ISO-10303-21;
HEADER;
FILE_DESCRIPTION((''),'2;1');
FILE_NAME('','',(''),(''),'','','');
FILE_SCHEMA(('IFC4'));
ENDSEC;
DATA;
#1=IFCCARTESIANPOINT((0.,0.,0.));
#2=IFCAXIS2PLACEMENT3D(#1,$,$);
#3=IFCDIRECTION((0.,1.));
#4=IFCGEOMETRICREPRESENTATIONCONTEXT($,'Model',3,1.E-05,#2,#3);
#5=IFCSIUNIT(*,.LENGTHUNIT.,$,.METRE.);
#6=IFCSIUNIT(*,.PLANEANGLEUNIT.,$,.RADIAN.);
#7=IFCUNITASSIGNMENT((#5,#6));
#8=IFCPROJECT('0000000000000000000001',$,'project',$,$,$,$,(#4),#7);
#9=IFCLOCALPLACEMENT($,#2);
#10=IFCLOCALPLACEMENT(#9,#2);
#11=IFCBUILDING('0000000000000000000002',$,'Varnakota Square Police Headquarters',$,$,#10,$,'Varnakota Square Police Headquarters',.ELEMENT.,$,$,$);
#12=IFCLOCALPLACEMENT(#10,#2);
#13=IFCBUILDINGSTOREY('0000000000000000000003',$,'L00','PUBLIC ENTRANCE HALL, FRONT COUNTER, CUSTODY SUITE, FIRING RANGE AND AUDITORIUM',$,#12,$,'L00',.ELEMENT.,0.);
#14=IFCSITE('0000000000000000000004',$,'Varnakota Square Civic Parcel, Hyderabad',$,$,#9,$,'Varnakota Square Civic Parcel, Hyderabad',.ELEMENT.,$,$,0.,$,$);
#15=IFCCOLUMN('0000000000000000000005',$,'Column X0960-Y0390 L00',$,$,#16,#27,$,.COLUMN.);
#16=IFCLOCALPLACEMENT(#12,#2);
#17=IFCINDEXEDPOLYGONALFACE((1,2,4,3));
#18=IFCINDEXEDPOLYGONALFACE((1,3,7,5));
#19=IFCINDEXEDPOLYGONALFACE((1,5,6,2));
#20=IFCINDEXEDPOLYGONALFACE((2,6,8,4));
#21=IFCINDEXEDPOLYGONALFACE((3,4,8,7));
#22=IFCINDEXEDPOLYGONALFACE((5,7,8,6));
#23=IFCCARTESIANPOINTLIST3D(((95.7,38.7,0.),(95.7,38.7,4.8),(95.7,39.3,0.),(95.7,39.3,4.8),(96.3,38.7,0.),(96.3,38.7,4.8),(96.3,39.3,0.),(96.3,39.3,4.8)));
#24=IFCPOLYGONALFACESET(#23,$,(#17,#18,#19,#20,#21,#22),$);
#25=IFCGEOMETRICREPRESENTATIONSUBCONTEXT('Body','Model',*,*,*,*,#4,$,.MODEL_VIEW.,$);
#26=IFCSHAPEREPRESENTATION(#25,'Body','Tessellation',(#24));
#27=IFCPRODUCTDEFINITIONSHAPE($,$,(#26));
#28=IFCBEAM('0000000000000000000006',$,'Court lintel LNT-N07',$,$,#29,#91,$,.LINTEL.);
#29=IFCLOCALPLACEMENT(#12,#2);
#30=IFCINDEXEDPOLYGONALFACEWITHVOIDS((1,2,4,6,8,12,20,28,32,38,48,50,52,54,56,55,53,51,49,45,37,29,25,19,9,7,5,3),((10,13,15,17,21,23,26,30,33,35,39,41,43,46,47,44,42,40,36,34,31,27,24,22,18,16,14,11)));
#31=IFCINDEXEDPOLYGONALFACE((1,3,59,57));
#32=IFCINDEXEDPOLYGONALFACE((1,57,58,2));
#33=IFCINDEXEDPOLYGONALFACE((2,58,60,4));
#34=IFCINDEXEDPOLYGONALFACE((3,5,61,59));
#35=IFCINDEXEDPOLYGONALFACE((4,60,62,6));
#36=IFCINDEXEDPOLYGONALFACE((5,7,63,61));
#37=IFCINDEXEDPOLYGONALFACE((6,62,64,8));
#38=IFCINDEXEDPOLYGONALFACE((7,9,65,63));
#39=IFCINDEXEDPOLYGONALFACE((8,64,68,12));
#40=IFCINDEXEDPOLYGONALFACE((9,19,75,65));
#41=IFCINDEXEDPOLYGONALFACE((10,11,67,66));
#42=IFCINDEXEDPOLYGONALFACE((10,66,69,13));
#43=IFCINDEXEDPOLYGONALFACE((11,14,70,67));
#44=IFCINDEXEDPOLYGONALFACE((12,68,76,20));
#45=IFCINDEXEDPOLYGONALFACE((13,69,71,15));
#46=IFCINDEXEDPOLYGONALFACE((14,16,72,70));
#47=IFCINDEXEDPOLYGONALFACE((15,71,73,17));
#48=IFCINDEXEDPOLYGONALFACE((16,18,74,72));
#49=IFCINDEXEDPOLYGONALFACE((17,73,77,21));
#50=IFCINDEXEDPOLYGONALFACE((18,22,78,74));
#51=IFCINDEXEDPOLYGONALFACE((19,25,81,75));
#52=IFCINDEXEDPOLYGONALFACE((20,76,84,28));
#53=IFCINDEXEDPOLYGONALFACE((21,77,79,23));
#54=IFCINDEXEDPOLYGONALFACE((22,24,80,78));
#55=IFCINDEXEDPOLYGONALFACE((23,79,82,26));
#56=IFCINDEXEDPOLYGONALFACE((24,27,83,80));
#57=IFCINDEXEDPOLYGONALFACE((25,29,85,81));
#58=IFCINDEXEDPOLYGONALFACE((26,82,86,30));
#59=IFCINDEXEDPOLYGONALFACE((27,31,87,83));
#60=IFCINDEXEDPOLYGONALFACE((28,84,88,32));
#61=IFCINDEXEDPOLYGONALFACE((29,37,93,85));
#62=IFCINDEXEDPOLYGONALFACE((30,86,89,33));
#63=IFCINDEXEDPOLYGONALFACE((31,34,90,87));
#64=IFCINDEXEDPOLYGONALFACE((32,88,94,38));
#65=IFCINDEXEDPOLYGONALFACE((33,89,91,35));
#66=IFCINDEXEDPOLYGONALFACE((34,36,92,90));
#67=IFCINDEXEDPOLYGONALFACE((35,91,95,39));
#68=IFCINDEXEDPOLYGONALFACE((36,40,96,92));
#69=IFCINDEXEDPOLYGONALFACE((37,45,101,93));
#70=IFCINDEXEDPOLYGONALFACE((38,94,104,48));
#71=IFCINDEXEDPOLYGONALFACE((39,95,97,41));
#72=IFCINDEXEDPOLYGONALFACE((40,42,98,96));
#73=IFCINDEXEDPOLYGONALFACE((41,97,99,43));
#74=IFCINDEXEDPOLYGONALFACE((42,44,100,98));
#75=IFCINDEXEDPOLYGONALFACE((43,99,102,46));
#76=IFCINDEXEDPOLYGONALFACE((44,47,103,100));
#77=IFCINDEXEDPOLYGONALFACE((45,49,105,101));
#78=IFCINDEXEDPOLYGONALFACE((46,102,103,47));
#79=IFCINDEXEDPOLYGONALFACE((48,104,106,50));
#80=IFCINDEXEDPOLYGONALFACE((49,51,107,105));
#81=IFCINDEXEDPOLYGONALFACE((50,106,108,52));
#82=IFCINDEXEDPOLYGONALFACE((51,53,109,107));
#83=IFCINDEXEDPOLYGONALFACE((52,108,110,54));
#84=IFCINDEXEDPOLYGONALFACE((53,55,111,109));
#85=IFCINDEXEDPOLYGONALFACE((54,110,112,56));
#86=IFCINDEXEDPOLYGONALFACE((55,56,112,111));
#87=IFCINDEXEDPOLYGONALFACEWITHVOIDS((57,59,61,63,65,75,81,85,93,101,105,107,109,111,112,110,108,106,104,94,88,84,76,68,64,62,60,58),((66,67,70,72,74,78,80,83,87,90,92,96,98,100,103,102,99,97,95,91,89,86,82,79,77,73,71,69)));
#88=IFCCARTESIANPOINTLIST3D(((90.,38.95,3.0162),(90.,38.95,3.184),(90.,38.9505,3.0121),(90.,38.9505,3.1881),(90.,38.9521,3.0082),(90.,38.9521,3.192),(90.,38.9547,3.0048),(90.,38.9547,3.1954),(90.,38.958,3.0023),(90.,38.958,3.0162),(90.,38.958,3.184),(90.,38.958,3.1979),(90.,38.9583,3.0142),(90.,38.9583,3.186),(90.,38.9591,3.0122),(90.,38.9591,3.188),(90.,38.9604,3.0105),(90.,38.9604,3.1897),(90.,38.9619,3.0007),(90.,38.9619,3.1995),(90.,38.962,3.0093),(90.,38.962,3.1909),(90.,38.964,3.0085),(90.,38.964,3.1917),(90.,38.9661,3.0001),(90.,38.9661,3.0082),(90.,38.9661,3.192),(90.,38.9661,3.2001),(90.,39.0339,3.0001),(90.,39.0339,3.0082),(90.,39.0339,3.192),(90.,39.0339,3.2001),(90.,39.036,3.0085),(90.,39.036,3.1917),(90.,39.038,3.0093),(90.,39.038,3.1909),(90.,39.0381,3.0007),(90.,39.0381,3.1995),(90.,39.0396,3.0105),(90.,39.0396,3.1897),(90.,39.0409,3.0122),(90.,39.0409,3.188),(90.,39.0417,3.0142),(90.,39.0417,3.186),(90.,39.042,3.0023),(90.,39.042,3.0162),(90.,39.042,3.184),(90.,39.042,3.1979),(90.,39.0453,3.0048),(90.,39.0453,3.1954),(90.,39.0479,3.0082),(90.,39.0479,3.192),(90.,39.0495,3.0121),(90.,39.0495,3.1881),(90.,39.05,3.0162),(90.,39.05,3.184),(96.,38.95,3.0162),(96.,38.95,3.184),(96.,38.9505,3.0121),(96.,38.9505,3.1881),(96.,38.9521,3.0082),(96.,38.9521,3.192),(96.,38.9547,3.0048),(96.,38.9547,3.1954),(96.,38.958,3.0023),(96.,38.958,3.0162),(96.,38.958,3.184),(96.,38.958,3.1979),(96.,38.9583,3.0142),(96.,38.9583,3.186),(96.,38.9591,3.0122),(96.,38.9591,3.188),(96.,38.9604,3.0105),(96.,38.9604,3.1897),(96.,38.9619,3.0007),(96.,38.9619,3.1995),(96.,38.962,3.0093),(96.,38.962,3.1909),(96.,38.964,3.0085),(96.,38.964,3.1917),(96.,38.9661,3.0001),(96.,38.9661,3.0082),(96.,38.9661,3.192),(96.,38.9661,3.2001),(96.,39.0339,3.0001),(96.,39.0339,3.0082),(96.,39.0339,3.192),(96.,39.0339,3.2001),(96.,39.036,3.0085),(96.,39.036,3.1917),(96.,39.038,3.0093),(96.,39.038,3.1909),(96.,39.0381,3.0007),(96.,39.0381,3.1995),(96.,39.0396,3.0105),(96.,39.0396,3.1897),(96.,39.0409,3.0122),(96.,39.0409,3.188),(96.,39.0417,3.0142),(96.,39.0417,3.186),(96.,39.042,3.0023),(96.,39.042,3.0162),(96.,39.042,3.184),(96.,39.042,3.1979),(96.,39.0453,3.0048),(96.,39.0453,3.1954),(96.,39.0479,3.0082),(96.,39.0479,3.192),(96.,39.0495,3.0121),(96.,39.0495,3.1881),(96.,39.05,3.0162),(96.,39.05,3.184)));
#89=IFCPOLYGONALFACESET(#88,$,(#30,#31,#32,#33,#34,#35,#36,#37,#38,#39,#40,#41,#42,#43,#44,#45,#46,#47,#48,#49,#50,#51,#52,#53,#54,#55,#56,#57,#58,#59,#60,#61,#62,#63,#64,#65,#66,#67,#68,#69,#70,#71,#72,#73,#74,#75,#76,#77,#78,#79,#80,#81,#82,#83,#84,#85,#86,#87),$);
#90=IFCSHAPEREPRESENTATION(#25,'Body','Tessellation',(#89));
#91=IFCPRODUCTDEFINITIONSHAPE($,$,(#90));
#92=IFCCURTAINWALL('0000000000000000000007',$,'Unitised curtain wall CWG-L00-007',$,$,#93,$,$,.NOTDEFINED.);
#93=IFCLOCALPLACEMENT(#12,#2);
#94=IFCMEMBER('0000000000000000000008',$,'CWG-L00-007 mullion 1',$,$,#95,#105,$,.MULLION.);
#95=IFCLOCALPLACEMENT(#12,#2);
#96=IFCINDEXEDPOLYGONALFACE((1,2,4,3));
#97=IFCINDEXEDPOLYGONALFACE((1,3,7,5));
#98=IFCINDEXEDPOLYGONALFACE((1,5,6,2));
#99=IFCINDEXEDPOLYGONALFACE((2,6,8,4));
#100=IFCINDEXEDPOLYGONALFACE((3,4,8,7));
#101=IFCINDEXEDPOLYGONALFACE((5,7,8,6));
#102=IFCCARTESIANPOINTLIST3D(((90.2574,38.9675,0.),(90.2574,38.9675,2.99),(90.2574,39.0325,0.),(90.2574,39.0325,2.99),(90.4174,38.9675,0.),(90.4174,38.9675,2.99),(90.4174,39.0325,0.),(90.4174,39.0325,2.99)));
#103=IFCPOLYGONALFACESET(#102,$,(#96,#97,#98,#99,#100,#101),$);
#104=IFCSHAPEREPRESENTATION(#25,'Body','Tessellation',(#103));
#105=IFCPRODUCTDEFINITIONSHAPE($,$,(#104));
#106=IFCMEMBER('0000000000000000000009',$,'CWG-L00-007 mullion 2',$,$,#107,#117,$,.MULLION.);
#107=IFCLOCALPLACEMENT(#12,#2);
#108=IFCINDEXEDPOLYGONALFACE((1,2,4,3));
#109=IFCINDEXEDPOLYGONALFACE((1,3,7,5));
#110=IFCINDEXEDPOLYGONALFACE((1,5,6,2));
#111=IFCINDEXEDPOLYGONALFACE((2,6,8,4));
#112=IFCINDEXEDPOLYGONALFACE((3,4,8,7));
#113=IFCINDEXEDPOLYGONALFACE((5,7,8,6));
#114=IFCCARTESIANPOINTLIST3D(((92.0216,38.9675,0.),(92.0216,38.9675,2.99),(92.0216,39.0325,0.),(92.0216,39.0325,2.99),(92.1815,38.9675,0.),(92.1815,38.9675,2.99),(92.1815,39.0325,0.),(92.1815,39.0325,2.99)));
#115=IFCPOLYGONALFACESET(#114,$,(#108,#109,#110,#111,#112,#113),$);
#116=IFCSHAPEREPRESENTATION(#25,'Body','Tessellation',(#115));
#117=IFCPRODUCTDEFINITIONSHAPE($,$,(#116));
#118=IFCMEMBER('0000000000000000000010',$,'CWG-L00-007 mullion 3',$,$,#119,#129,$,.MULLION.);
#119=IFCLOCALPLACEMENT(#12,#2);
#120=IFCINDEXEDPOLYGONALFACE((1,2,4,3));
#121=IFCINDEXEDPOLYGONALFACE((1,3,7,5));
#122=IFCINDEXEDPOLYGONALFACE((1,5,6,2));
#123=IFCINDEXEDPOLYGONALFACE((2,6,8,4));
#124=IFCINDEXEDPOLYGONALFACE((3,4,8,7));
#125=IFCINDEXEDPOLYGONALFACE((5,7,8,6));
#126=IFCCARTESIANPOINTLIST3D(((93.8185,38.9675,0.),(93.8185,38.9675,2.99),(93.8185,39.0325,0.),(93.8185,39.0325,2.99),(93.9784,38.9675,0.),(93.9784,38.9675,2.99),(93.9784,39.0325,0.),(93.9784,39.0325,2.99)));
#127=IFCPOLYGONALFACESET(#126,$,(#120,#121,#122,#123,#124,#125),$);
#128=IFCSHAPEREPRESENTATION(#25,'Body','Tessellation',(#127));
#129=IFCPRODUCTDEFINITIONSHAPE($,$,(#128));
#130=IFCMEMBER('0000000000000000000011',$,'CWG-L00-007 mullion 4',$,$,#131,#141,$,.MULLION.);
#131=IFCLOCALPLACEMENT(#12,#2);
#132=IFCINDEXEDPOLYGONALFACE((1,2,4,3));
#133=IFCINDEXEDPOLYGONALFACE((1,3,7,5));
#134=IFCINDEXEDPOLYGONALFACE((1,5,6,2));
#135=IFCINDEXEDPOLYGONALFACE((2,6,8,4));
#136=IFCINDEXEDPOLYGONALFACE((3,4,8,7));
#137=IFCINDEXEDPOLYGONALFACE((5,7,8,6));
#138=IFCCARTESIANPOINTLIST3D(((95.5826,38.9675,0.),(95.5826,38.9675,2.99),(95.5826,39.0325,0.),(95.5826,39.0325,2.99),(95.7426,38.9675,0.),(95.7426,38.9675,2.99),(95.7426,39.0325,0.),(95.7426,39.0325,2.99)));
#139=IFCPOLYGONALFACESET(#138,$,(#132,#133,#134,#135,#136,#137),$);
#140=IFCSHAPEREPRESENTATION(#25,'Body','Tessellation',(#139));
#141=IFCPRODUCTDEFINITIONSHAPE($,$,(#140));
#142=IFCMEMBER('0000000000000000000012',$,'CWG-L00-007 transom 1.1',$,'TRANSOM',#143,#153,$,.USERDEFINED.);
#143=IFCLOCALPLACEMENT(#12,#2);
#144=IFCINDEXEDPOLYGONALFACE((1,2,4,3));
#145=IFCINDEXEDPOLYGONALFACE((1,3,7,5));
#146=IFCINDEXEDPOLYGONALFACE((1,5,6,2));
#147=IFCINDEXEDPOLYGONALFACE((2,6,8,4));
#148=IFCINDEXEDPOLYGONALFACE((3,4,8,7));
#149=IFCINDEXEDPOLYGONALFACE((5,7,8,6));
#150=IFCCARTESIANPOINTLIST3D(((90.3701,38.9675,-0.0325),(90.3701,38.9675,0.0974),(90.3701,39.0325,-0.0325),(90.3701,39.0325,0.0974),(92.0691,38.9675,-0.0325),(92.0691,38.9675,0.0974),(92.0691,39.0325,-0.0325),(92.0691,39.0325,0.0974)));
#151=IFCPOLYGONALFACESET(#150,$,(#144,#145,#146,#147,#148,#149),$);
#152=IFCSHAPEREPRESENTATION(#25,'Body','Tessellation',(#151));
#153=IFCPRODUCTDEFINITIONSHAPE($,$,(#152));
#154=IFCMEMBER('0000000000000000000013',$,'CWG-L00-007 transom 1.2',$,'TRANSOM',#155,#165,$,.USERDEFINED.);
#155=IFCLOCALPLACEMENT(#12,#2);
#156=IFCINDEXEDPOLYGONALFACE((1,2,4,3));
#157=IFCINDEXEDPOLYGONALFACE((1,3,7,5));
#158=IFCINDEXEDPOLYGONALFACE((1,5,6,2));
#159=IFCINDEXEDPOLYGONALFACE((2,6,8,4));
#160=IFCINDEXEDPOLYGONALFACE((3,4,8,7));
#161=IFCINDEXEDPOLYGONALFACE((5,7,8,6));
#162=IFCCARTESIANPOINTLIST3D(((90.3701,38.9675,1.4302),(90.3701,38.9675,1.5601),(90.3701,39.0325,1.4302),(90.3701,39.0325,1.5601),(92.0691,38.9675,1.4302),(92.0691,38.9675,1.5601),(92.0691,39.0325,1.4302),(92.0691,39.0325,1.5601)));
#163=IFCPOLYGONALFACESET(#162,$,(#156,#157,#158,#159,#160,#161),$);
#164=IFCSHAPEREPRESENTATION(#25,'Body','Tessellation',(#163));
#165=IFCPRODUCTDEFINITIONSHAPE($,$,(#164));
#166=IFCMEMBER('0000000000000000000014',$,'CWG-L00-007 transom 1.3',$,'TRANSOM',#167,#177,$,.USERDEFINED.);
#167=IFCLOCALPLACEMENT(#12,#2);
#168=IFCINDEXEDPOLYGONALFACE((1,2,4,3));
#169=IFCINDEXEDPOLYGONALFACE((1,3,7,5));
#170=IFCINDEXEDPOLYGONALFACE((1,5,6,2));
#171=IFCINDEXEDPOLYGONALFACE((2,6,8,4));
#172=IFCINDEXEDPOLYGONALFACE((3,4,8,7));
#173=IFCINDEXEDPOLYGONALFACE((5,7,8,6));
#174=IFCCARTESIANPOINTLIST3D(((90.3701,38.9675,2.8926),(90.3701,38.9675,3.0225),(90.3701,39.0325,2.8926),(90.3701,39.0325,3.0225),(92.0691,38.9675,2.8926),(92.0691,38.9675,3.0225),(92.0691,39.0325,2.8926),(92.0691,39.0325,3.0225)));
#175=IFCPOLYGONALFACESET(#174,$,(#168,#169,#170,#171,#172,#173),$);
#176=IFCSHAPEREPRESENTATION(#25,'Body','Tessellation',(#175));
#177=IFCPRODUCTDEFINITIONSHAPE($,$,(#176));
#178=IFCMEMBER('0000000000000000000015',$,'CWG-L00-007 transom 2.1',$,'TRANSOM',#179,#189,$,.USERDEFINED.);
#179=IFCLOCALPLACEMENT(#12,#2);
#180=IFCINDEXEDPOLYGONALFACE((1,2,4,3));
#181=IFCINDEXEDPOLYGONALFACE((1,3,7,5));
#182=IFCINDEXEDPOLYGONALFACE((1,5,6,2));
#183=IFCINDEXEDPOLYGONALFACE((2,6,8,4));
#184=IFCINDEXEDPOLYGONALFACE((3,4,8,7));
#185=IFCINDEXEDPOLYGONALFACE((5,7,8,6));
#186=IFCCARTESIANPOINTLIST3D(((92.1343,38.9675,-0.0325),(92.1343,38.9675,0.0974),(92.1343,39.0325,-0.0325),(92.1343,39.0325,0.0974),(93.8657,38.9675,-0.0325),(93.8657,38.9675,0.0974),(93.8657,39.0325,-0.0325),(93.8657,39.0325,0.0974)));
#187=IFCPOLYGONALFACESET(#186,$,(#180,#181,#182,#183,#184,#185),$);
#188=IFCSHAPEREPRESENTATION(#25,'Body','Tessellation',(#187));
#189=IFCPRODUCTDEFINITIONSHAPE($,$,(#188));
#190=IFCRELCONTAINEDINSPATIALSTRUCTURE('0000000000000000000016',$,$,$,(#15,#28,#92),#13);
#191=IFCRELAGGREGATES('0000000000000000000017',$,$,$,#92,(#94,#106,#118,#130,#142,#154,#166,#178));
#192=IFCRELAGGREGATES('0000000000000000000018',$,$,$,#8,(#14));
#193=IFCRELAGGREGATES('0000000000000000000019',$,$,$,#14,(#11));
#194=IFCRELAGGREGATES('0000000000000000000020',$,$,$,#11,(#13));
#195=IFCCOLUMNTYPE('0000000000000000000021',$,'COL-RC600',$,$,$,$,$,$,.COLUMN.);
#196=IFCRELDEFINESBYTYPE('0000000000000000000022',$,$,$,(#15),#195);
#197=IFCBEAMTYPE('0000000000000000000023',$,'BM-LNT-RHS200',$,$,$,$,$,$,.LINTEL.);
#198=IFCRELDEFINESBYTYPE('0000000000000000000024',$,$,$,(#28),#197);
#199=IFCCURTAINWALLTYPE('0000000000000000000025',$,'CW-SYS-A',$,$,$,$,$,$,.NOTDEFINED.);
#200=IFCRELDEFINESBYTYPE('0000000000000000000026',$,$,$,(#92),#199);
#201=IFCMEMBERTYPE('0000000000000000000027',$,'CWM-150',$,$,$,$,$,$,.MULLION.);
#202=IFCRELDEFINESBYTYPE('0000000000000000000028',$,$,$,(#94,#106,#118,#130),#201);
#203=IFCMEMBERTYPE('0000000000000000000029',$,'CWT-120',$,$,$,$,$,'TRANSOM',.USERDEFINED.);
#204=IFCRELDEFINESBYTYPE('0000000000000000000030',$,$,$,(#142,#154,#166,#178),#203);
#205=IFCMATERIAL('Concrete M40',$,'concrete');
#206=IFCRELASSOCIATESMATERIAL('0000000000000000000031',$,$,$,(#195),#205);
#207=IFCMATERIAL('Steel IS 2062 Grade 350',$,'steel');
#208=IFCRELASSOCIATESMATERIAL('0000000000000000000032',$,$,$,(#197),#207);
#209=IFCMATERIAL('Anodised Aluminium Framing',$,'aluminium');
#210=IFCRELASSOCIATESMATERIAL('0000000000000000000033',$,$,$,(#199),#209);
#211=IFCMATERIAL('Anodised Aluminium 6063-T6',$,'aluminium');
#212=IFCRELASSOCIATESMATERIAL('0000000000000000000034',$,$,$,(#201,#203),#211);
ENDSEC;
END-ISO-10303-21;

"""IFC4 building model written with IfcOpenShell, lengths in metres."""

from ifc_helpers import new_model, si_unit, direction, frame, origin, origin_2d, place, context, subcontext, project, spatial, rectangle, hollow_rectangle, extrude, material, material_profile, profile_set, type_object, element, aggregate, save


model = new_model("IFC4")

# Units and contexts
model_context = context("Model", 3, precision=1e-05, world=origin(), true_north=direction((0.0, 1.0)))
body_context = subcontext(model_context, "Body", "Model", "MODEL_VIEW")
ifc_project = project(units=[si_unit("LENGTHUNIT", "METRE"), si_unit("PLANEANGLEUNIT", "RADIAN")], contexts=[model_context])

# Site, building, storey
site_placement = place(None, origin())
site = spatial("IfcSite", under=ifc_project, at=site_placement, Name="Varnakota Square Civic Parcel, Hyderabad", LongName="Varnakota Square Civic Parcel, Hyderabad", CompositionType="ELEMENT", RefElevation=0.0)
building_placement = place(site_placement, origin())
building = spatial("IfcBuilding", under=site, at=building_placement, Name="Varnakota Square Police Headquarters", LongName="Varnakota Square Police Headquarters", CompositionType="ELEMENT")
storey_placement = place(building_placement, origin())
storey = spatial("IfcBuildingStorey", under=building, at=storey_placement, Name="L00", Description="PUBLIC ENTRANCE HALL, FRONT COUNTER, CUSTODY SUITE, FIRING RANGE AND AUDITORIUM", LongName="L00", CompositionType="ELEMENT", Elevation=0.0)

# Column
ifc_material_1 = material(Name="Concrete M40", Category="concrete")
ifc_material_profile_1 = material_profile(ifc_material_1, rectangle(XDim=0.6001, YDim=0.6001, at=origin_2d()), Name="RC 600x600")
ifc_profile_set_1 = profile_set([ifc_material_profile_1], Name="Concrete M40")
column_type = type_object("IfcColumnType", Name="COL-RC600", PredefinedType="COLUMN", material=ifc_profile_set_1)
column_placement = place(storey_placement, frame((96.0, 39.0, 0.0), z_axis=(0.0, 0.0, 1.0), x_axis=(1.0, 0.0, 0.0)))
element("IfcColumn", 1, at=column_placement, inside=storey, type_object=column_type, Name="Column X0960-Y0390 L00", PredefinedType="COLUMN", context=body_context, shape_type="SweptSolid", body=[
    extrude(rectangle(XDim=0.6001, YDim=0.6001, at=origin_2d()), origin(), (0.0, 0.0, 1.0), 4.8),
])

# Beam
ifc_material_2 = material(Name="Steel IS 2062 Grade 350", Category="steel")
ifc_material_profile_2 = material_profile(ifc_material_2, hollow_rectangle(XDim=0.1001, YDim=0.2, WallThickness=0.0081, InnerFilletRadius=0.0081, OuterFilletRadius=0.0161, at=origin_2d()), Name="RHS 200x100x8")
ifc_profile_set_2 = profile_set([ifc_material_profile_2], Name="Steel IS 2062 Grade 350")
beam_type = type_object("IfcBeamType", Name="BM-LNT-RHS200", PredefinedType="LINTEL", material=ifc_profile_set_2)
beam_placement = place(storey_placement, frame((90.0, 39.0, 3.1001), z_axis=(1.0, 0.0, 0.0), x_axis=(0.0, 1.0, 0.0)))
element("IfcBeam", 2, at=beam_placement, inside=storey, type_object=beam_type, Name="Court lintel LNT-N07", PredefinedType="LINTEL", context=body_context, shape_type="SweptSolid", body=[
    extrude(hollow_rectangle(XDim=0.1001, YDim=0.2, WallThickness=0.0081, InnerFilletRadius=0.0081, OuterFilletRadius=0.0161, at=origin_2d()), origin(), (0.0, 0.0, 1.0), 6.0),
])

# Curtain wall, members
ifc_material_3 = material(Name="Anodised Aluminium Framing", Category="aluminium")
curtain_wall_type = type_object("IfcCurtainWallType", Name="CW-SYS-A", PredefinedType="NOTDEFINED", material=ifc_material_3)
curtain_wall_placement = place(storey_placement, origin())
curtain_wall = element("IfcCurtainWall", 3, at=curtain_wall_placement, inside=storey, type_object=curtain_wall_type, Name="Unitised curtain wall CWG-L00-007", PredefinedType="NOTDEFINED")
ifc_material_4 = material(Name="Anodised Aluminium 6063-T6", Category="aluminium")
ifc_material_profile_3 = material_profile(ifc_material_4, rectangle(XDim=0.0649, YDim=0.1599, at=origin_2d()), Name="ALU MULLION 65x160")
ifc_profile_set_3 = profile_set([ifc_material_profile_3], Name="Anodised Aluminium 6063-T6")
member_type_1 = type_object("IfcMemberType", Name="CWM-150", PredefinedType="MULLION", material=ifc_profile_set_3)
member_1_placement = place(storey_placement, frame((90.3374, 39.0, 0.0), z_axis=(0.0, 0.0, 1.0), x_axis=(0.0, 1.0, 0.0)))
member_1 = element("IfcMember", 4, at=member_1_placement, type_object=member_type_1, Name="CWG-L00-007 mullion 1", PredefinedType="MULLION", context=body_context, shape_type="SweptSolid", body=[
    extrude(rectangle(XDim=0.0649, YDim=0.1599, at=origin_2d()), origin(), (0.0, 0.0, 1.0), 2.99),
])
member_2_placement = place(storey_placement, frame((92.1016, 39.0, 0.0), z_axis=(0.0, 0.0, 1.0), x_axis=(0.0, 1.0, 0.0)))
member_2 = element("IfcMember", 5, at=member_2_placement, type_object=member_type_1, Name="CWG-L00-007 mullion 2", PredefinedType="MULLION", context=body_context, shape_type="SweptSolid", body=[
    extrude(rectangle(XDim=0.0649, YDim=0.1599, at=origin_2d()), origin(), (0.0, 0.0, 1.0), 2.99),
])
member_3_placement = place(storey_placement, frame((93.8984, 39.0, 0.0), z_axis=(0.0, 0.0, 1.0), x_axis=(0.0, 1.0, 0.0)))
member_3 = element("IfcMember", 6, at=member_3_placement, type_object=member_type_1, Name="CWG-L00-007 mullion 3", PredefinedType="MULLION", context=body_context, shape_type="SweptSolid", body=[
    extrude(rectangle(XDim=0.0649, YDim=0.1599, at=origin_2d()), origin(), (0.0, 0.0, 1.0), 2.99),
])
member_4_placement = place(storey_placement, frame((95.6626, 39.0, 0.0), z_axis=(0.0, 0.0, 1.0), x_axis=(0.0, 1.0, 0.0)))
member_4 = element("IfcMember", 7, at=member_4_placement, type_object=member_type_1, Name="CWG-L00-007 mullion 4", PredefinedType="MULLION", context=body_context, shape_type="SweptSolid", body=[
    extrude(rectangle(XDim=0.0649, YDim=0.1599, at=origin_2d()), origin(), (0.0, 0.0, 1.0), 2.99),
])
ifc_material_profile_4 = material_profile(ifc_material_4, rectangle(XDim=0.0649, YDim=0.1299, at=origin_2d()), Name="ALU TRANSOM 65x130")
ifc_profile_set_4 = profile_set([ifc_material_profile_4], Name="Anodised Aluminium 6063-T6")
member_type_2 = type_object("IfcMemberType", Name="CWT-120", ElementType="TRANSOM", PredefinedType="USERDEFINED", material=ifc_profile_set_4)
member_5_placement = place(storey_placement, frame((90.3701, 39.0, 0.0325), z_axis=(1.0, 0.0, 0.0), x_axis=(0.0, 1.0, 0.0)))
member_5 = element("IfcMember", 8, at=member_5_placement, type_object=member_type_2, Name="CWG-L00-007 transom 1.1", ObjectType="TRANSOM", PredefinedType="USERDEFINED", context=body_context, shape_type="SweptSolid", body=[
    extrude(rectangle(XDim=0.0649, YDim=0.1299, at=origin_2d()), origin(), (0.0, 0.0, 1.0), 1.699),
])
member_6_placement = place(storey_placement, frame((90.3701, 39.0, 1.4951), z_axis=(1.0, 0.0, 0.0), x_axis=(0.0, 1.0, 0.0)))
member_6 = element("IfcMember", 9, at=member_6_placement, type_object=member_type_2, Name="CWG-L00-007 transom 1.2", ObjectType="TRANSOM", PredefinedType="USERDEFINED", context=body_context, shape_type="SweptSolid", body=[
    extrude(rectangle(XDim=0.0649, YDim=0.1299, at=origin_2d()), origin(), (0.0, 0.0, 1.0), 1.699),
])
member_7_placement = place(storey_placement, frame((90.3701, 39.0, 2.9575), z_axis=(1.0, 0.0, 0.0), x_axis=(0.0, 1.0, 0.0)))
member_7 = element("IfcMember", 10, at=member_7_placement, type_object=member_type_2, Name="CWG-L00-007 transom 1.3", ObjectType="TRANSOM", PredefinedType="USERDEFINED", context=body_context, shape_type="SweptSolid", body=[
    extrude(rectangle(XDim=0.0649, YDim=0.1299, at=origin_2d()), origin(), (0.0, 0.0, 1.0), 1.699),
])
member_8_placement = place(storey_placement, frame((92.1343, 39.0, 0.0325), z_axis=(1.0, 0.0, 0.0), x_axis=(0.0, 1.0, 0.0)))
member_8 = element("IfcMember", 11, at=member_8_placement, type_object=member_type_2, Name="CWG-L00-007 transom 2.1", ObjectType="TRANSOM", PredefinedType="USERDEFINED", context=body_context, shape_type="SweptSolid", body=[
    extrude(rectangle(XDim=0.0649, YDim=0.1299, at=origin_2d()), origin(), (0.0, 0.0, 1.0), 1.7314),
])
aggregate(curtain_wall, [member_1, member_2, member_3, member_4, member_5, member_6, member_7, member_8])

save(model, "model.ifc")
